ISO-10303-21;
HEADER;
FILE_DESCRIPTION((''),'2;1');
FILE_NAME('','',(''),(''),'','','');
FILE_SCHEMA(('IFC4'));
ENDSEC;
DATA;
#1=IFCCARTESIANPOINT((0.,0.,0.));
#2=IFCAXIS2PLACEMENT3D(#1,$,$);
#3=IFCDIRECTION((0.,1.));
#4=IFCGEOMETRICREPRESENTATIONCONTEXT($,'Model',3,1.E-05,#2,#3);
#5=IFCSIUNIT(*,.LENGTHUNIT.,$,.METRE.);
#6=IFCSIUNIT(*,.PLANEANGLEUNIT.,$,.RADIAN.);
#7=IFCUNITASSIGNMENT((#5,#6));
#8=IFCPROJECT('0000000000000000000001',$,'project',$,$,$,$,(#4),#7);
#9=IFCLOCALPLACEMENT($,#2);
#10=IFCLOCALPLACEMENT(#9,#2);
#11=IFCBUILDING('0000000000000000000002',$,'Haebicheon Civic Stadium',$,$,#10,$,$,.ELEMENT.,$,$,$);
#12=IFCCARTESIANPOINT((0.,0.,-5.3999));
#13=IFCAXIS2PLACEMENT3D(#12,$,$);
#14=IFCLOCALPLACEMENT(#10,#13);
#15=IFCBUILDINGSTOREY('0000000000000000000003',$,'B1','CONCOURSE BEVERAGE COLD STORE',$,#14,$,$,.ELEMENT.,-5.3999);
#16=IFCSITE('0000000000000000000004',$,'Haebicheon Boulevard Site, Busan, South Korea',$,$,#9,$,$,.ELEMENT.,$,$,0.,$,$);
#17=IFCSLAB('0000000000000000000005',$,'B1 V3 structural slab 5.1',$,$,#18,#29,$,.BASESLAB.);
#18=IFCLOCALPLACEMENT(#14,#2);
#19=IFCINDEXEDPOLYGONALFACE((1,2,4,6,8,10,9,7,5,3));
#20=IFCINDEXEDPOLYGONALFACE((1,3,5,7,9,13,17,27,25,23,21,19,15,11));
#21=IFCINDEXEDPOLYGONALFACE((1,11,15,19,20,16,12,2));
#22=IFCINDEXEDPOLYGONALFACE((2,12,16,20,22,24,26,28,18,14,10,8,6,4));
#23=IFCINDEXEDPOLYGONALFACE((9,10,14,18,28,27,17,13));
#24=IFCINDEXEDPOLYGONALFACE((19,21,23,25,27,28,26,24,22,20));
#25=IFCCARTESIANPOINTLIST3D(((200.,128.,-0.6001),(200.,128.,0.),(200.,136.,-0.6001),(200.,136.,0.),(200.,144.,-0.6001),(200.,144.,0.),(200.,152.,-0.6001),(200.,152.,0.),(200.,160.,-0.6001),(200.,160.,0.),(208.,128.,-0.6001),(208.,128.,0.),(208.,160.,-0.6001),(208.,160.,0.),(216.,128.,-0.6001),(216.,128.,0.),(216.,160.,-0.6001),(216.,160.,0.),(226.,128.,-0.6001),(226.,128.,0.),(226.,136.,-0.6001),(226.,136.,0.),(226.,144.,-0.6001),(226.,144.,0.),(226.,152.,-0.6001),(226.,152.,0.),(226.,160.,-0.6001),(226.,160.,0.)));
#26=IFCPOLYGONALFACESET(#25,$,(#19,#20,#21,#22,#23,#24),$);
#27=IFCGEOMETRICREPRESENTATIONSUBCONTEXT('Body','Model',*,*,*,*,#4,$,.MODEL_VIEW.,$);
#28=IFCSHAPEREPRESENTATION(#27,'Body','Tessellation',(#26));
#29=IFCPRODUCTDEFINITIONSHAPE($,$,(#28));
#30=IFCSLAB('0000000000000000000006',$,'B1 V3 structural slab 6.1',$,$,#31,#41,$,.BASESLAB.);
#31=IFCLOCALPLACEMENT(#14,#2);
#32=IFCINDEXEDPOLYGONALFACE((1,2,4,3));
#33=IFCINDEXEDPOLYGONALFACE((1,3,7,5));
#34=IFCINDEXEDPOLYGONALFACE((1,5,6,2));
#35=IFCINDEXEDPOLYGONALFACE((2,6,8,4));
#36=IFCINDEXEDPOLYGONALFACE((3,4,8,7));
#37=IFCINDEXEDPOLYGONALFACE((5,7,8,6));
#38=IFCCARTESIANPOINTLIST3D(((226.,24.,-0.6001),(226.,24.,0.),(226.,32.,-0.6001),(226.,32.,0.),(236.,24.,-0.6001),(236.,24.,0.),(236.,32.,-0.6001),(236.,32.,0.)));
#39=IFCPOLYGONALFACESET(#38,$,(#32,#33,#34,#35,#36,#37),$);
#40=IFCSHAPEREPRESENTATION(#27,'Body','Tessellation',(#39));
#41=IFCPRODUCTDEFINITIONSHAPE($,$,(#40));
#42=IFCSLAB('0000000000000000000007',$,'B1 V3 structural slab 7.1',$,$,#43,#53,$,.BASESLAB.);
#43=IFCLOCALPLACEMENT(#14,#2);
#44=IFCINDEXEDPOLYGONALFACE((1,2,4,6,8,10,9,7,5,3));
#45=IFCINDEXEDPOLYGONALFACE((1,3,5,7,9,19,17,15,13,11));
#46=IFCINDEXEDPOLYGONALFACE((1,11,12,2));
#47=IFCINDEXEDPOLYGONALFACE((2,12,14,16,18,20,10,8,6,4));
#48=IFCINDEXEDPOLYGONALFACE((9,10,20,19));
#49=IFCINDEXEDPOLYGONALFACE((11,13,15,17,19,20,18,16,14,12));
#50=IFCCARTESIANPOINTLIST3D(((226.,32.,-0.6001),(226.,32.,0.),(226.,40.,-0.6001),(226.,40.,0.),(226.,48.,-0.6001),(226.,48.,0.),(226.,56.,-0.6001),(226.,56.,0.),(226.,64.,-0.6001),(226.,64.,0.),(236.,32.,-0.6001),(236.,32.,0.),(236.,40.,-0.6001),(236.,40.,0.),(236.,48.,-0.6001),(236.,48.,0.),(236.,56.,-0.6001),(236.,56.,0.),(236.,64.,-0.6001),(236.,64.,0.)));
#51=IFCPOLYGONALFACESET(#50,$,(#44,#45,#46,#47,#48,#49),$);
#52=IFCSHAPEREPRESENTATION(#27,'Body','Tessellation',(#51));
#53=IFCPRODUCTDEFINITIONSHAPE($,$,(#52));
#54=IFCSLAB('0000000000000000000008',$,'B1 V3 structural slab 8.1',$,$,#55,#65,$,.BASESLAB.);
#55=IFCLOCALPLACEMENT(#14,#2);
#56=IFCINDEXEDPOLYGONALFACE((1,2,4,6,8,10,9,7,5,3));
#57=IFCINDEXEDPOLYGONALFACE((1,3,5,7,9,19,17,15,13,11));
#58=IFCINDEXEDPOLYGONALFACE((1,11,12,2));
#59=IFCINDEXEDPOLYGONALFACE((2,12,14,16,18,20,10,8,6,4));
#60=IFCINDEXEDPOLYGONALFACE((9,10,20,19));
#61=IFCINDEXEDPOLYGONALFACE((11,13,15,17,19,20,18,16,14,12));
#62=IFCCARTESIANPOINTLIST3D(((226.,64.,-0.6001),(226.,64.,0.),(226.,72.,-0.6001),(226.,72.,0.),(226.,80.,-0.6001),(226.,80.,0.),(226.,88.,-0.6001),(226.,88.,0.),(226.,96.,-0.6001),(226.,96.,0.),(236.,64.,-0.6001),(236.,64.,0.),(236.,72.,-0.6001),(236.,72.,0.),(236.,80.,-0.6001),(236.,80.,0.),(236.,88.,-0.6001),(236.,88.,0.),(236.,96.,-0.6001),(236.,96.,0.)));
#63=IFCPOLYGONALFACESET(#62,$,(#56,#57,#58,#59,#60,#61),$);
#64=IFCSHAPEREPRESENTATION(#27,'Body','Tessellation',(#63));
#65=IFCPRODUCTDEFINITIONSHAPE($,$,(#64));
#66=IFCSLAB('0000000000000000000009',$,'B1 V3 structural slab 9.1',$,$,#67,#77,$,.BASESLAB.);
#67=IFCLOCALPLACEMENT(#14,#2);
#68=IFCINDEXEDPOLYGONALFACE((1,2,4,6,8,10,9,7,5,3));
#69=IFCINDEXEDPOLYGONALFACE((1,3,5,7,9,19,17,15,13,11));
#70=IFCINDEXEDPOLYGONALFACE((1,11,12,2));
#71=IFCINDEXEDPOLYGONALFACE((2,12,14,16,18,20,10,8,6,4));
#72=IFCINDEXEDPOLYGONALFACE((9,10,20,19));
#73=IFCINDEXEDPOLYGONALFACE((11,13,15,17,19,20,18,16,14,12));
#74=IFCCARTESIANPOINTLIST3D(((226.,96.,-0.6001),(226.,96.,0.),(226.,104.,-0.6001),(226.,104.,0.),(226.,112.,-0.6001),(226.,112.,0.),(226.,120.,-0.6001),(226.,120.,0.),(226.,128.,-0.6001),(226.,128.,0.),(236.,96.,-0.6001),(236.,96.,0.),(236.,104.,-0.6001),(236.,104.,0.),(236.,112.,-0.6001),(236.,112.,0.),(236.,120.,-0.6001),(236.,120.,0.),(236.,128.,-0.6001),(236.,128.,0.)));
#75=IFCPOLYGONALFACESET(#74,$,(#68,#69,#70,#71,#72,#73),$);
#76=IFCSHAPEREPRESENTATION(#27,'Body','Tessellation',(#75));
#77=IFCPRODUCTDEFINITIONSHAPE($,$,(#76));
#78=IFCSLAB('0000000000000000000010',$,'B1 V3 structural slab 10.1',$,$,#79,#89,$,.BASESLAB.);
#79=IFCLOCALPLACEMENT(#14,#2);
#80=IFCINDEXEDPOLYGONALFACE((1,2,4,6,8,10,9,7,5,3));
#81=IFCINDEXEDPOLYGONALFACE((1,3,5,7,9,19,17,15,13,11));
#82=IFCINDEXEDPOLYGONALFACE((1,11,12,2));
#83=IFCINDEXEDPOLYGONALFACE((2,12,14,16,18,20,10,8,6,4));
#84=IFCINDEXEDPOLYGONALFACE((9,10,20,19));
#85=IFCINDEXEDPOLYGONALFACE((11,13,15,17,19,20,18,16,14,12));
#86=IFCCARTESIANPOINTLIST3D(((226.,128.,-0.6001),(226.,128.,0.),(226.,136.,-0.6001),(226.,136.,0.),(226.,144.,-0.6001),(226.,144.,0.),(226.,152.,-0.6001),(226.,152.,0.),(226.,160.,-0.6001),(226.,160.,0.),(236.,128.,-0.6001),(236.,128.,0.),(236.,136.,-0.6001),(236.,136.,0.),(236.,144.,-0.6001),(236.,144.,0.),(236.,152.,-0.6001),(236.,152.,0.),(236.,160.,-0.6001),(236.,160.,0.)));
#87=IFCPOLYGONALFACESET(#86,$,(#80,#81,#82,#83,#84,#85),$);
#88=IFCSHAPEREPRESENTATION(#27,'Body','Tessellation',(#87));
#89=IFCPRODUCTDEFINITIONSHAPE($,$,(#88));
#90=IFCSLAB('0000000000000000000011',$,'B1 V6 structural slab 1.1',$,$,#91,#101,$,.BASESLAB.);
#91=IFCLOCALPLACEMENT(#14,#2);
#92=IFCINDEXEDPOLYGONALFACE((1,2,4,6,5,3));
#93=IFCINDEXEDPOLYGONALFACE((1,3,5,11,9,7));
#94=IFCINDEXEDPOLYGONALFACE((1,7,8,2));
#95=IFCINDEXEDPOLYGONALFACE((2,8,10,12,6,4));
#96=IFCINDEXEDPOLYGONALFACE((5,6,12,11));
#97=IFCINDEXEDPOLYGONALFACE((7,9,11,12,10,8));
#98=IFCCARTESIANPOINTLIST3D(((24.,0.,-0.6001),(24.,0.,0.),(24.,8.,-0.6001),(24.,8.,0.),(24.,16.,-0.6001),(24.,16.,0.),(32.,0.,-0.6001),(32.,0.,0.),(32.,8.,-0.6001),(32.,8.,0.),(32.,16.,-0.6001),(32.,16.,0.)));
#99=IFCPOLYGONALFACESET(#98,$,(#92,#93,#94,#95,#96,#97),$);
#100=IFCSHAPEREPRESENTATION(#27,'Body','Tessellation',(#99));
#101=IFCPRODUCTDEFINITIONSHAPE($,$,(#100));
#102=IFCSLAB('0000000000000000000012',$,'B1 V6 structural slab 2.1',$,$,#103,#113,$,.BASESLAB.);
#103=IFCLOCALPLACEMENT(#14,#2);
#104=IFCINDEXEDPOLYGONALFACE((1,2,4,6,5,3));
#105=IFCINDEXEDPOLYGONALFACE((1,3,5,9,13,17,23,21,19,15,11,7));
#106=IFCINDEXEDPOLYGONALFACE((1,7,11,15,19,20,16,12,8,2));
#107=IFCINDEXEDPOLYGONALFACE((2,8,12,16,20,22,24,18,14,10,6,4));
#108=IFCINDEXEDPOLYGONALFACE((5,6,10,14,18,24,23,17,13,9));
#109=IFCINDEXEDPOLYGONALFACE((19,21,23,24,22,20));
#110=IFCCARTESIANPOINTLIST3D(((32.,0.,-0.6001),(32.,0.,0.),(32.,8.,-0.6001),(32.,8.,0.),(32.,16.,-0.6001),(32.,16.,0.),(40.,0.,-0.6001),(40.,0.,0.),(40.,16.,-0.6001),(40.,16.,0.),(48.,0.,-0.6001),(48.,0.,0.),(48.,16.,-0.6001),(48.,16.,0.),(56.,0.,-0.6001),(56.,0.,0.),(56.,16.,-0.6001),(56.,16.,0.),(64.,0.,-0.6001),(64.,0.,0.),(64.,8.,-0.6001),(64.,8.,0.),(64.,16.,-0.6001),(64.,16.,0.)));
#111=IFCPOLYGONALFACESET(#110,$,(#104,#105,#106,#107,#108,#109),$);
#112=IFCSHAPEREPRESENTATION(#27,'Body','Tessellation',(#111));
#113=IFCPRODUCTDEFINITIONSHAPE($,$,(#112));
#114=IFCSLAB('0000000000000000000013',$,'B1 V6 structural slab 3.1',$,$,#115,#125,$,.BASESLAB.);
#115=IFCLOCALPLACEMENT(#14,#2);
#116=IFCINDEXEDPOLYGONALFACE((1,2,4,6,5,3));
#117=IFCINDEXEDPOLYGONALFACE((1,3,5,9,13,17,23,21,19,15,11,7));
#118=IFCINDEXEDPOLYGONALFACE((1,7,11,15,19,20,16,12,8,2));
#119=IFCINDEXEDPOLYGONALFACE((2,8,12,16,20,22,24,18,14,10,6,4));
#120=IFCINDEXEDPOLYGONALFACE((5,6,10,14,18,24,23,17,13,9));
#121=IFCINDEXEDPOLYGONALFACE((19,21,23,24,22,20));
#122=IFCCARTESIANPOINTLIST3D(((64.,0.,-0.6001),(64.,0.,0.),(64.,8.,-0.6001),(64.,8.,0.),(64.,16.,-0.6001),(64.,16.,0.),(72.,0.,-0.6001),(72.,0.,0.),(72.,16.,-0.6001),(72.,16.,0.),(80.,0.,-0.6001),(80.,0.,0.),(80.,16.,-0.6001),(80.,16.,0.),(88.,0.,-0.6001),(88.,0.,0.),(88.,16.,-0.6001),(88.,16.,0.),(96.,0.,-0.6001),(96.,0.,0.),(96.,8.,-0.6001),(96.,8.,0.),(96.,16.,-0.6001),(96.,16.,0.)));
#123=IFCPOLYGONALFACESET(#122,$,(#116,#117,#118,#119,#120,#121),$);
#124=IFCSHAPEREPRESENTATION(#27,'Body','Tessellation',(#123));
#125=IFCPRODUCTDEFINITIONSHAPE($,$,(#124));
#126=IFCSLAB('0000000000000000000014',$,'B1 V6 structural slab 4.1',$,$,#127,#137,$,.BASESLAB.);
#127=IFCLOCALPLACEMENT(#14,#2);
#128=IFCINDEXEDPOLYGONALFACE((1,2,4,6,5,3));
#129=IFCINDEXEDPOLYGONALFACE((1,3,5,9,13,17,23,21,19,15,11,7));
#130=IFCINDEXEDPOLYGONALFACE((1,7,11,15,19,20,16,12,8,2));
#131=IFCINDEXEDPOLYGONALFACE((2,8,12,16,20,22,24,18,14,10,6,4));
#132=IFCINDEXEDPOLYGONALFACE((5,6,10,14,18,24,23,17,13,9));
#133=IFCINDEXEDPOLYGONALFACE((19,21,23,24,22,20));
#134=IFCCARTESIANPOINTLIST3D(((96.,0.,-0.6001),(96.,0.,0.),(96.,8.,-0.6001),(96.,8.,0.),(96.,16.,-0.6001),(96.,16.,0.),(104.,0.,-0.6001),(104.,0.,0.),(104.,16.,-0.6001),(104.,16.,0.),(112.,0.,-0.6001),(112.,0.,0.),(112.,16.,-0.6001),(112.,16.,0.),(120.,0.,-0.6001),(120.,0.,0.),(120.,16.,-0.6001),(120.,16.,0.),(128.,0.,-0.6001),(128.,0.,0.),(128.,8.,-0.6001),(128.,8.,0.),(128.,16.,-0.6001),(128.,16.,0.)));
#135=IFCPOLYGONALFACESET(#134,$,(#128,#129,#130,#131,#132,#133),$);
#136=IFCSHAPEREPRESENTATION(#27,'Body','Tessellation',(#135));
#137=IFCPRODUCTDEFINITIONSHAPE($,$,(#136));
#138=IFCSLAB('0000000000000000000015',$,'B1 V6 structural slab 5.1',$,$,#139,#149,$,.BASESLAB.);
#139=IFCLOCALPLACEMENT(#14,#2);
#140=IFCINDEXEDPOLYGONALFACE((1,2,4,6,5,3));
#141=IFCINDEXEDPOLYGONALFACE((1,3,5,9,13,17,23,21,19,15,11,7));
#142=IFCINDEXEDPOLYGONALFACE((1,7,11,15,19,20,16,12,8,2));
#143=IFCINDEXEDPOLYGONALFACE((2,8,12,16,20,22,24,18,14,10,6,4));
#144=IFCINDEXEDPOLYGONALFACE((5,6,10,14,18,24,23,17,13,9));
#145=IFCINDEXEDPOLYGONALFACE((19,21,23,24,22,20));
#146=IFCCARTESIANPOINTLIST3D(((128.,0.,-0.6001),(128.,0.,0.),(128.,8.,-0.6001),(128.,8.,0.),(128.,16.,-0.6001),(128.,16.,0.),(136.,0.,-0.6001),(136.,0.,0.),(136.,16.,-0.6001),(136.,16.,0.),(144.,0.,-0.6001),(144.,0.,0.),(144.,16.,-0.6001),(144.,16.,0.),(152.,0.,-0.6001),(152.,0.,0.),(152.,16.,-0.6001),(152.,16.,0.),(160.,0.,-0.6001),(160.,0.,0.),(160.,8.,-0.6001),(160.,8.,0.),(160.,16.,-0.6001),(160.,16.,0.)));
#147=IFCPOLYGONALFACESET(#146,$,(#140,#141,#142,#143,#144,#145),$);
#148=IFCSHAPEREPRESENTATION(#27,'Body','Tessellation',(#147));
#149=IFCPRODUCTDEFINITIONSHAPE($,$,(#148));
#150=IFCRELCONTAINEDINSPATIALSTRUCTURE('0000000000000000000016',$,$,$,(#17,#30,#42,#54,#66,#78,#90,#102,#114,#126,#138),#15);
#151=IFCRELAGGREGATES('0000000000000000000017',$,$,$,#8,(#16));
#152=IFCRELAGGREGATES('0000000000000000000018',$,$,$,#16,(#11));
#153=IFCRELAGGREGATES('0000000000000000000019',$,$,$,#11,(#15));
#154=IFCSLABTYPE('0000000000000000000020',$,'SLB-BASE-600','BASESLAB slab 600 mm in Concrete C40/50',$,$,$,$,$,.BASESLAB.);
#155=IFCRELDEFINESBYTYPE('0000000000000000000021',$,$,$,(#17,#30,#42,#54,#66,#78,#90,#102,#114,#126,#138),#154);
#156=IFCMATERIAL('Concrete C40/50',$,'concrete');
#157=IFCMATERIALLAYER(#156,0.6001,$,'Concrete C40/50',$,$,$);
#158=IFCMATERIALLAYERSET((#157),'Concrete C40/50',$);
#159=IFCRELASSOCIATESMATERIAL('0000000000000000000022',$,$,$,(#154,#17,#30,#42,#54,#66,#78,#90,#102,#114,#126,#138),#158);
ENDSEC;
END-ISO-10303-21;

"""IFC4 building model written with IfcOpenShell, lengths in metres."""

from ifc_helpers import new_model, si_unit, direction, frame, origin, place, context, subcontext, project, spatial, polyline, outline, extrude, material, layer, layer_set, type_object, element, save


model = new_model("IFC4")

# Units and contexts
model_context = context("Model", 3, precision=1e-05, world=origin(), true_north=direction((0.0, 1.0)))
body_context = subcontext(model_context, "Body", "Model", "MODEL_VIEW")
ifc_project = project(units=[si_unit("LENGTHUNIT", "METRE"), si_unit("PLANEANGLEUNIT", "RADIAN")], contexts=[model_context])

# Site, building, storey
site_placement = place(None, origin())
site = spatial("IfcSite", under=ifc_project, at=site_placement, Name="Haebicheon Boulevard Site, Busan, South Korea", CompositionType="ELEMENT", RefElevation=0.0)
building_placement = place(site_placement, origin())
building = spatial("IfcBuilding", under=site, at=building_placement, Name="Haebicheon Civic Stadium", CompositionType="ELEMENT")
storey_placement = place(building_placement, frame((0.0, 0.0, -5.3999)))
storey = spatial("IfcBuildingStorey", under=building, at=storey_placement, Name="B1", Description="CONCOURSE BEVERAGE COLD STORE", CompositionType="ELEMENT", Elevation=-5.3999)

# Slabs
ifc_material_1 = material(Name="Concrete C40/50", Category="concrete")
ifc_layer_1 = layer(ifc_material_1, 0.6001, Name="Concrete C40/50")
ifc_layer_set_1 = layer_set([ifc_layer_1], Name="Concrete C40/50")
slab_type_1 = type_object("IfcSlabType", Name="SLB-BASE-600", Description="BASESLAB slab 600 mm in Concrete C40/50", PredefinedType="BASESLAB", material=ifc_layer_set_1)
slab_1_placement = place(storey_placement, frame((0.0, 0.0, -0.6001)))
element("IfcSlab", 1, at=slab_1_placement, inside=storey, type_object=slab_type_1, material=ifc_layer_set_1, Name="B1 V3 structural slab 5.1", PredefinedType="BASESLAB", context=body_context, shape_type="SweptSolid", body=[
    extrude(outline(polyline([(200.0, 144.0), (200.0, 152.0), (200.0, 160.0), (208.0, 160.0), (216.0, 160.0), (226.0, 160.0), (226.0, 152.0), (226.0, 144.0), (226.0, 136.0), (226.0, 128.0), (216.0, 128.0), (208.0, 128.0), (200.0, 128.0), (200.0, 136.0), (200.0, 144.0)])), origin(), (0.0, 0.0, 1.0), 0.6001),
])
slab_2_placement = place(storey_placement, frame((0.0, 0.0, -0.6001)))
element("IfcSlab", 2, at=slab_2_placement, inside=storey, type_object=slab_type_1, material=ifc_layer_set_1, Name="B1 V3 structural slab 6.1", PredefinedType="BASESLAB", context=body_context, shape_type="SweptSolid", body=[
    extrude(outline(polyline([(236.0, 24.0), (226.0, 24.0), (226.0, 32.0), (236.0, 32.0), (236.0, 24.0)])), origin(), (0.0, 0.0, 1.0), 0.6001),
])
slab_3_placement = place(storey_placement, frame((0.0, 0.0, -0.6001)))
element("IfcSlab", 3, at=slab_3_placement, inside=storey, type_object=slab_type_1, material=ifc_layer_set_1, Name="B1 V3 structural slab 7.1", PredefinedType="BASESLAB", context=body_context, shape_type="SweptSolid", body=[
    extrude(outline(polyline([(226.0, 32.0), (226.0, 40.0), (226.0, 48.0), (226.0, 56.0), (226.0, 64.0), (236.0, 64.0), (236.0, 56.0), (236.0, 48.0), (236.0, 40.0), (236.0, 32.0), (226.0, 32.0)])), origin(), (0.0, 0.0, 1.0), 0.6001),
])
slab_4_placement = place(storey_placement, frame((0.0, 0.0, -0.6001)))
element("IfcSlab", 4, at=slab_4_placement, inside=storey, type_object=slab_type_1, material=ifc_layer_set_1, Name="B1 V3 structural slab 8.1", PredefinedType="BASESLAB", context=body_context, shape_type="SweptSolid", body=[
    extrude(outline(polyline([(226.0, 64.0), (226.0, 72.0), (226.0, 80.0), (226.0, 88.0), (226.0, 96.0), (236.0, 96.0), (236.0, 88.0), (236.0, 80.0), (236.0, 72.0), (236.0, 64.0), (226.0, 64.0)])), origin(), (0.0, 0.0, 1.0), 0.6001),
])
slab_5_placement = place(storey_placement, frame((0.0, 0.0, -0.6001)))
element("IfcSlab", 5, at=slab_5_placement, inside=storey, type_object=slab_type_1, material=ifc_layer_set_1, Name="B1 V3 structural slab 9.1", PredefinedType="BASESLAB", context=body_context, shape_type="SweptSolid", body=[
    extrude(outline(polyline([(226.0, 96.0), (226.0, 104.0), (226.0, 112.0), (226.0, 120.0), (226.0, 128.0), (236.0, 128.0), (236.0, 120.0), (236.0, 112.0), (236.0, 104.0), (236.0, 96.0), (226.0, 96.0)])), origin(), (0.0, 0.0, 1.0), 0.6001),
])
slab_6_placement = place(storey_placement, frame((0.0, 0.0, -0.6001)))
element("IfcSlab", 6, at=slab_6_placement, inside=storey, type_object=slab_type_1, material=ifc_layer_set_1, Name="B1 V3 structural slab 10.1", PredefinedType="BASESLAB", context=body_context, shape_type="SweptSolid", body=[
    extrude(outline(polyline([(226.0, 128.0), (226.0, 136.0), (226.0, 144.0), (226.0, 152.0), (226.0, 160.0), (236.0, 160.0), (236.0, 152.0), (236.0, 144.0), (236.0, 136.0), (236.0, 128.0), (226.0, 128.0)])), origin(), (0.0, 0.0, 1.0), 0.6001),
])
slab_7_placement = place(storey_placement, frame((0.0, 0.0, -0.6001)))
element("IfcSlab", 7, at=slab_7_placement, inside=storey, type_object=slab_type_1, material=ifc_layer_set_1, Name="B1 V6 structural slab 1.1", PredefinedType="BASESLAB", context=body_context, shape_type="SweptSolid", body=[
    extrude(outline(polyline([(32.0, 0.0), (24.0, 0.0), (24.0, 8.0), (24.0, 16.0), (32.0, 16.0), (32.0, 8.0), (32.0, 0.0)])), origin(), (0.0, 0.0, 1.0), 0.6001),
])
slab_8_placement = place(storey_placement, frame((0.0, 0.0, -0.6001)))
element("IfcSlab", 8, at=slab_8_placement, inside=storey, type_object=slab_type_1, material=ifc_layer_set_1, Name="B1 V6 structural slab 2.1", PredefinedType="BASESLAB", context=body_context, shape_type="SweptSolid", body=[
    extrude(outline(polyline([(64.0, 0.0), (56.0, 0.0), (48.0, 0.0), (40.0, 0.0), (32.0, 0.0), (32.0, 8.0), (32.0, 16.0), (40.0, 16.0), (48.0, 16.0), (56.0, 16.0), (64.0, 16.0), (64.0, 8.0), (64.0, 0.0)])), origin(), (0.0, 0.0, 1.0), 0.6001),
])
slab_9_placement = place(storey_placement, frame((0.0, 0.0, -0.6001)))
element("IfcSlab", 9, at=slab_9_placement, inside=storey, type_object=slab_type_1, material=ifc_layer_set_1, Name="B1 V6 structural slab 3.1", PredefinedType="BASESLAB", context=body_context, shape_type="SweptSolid", body=[
    extrude(outline(polyline([(96.0, 0.0), (88.0, 0.0), (80.0, 0.0), (72.0, 0.0), (64.0, 0.0), (64.0, 8.0), (64.0, 16.0), (72.0, 16.0), (80.0, 16.0), (88.0, 16.0), (96.0, 16.0), (96.0, 8.0), (96.0, 0.0)])), origin(), (0.0, 0.0, 1.0), 0.6001),
])
slab_10_placement = place(storey_placement, frame((0.0, 0.0, -0.6001)))
element("IfcSlab", 10, at=slab_10_placement, inside=storey, type_object=slab_type_1, material=ifc_layer_set_1, Name="B1 V6 structural slab 4.1", PredefinedType="BASESLAB", context=body_context, shape_type="SweptSolid", body=[
    extrude(outline(polyline([(128.0, 0.0), (120.0, 0.0), (112.0, 0.0), (104.0, 0.0), (96.0, 0.0), (96.0, 8.0), (96.0, 16.0), (104.0, 16.0), (112.0, 16.0), (120.0, 16.0), (128.0, 16.0), (128.0, 8.0), (128.0, 0.0)])), origin(), (0.0, 0.0, 1.0), 0.6001),
])
slab_11_placement = place(storey_placement, frame((0.0, 0.0, -0.6001)))
element("IfcSlab", 11, at=slab_11_placement, inside=storey, type_object=slab_type_1, material=ifc_layer_set_1, Name="B1 V6 structural slab 5.1", PredefinedType="BASESLAB", context=body_context, shape_type="SweptSolid", body=[
    extrude(outline(polyline([(160.0, 0.0), (152.0, 0.0), (144.0, 0.0), (136.0, 0.0), (128.0, 0.0), (128.0, 8.0), (128.0, 16.0), (136.0, 16.0), (144.0, 16.0), (152.0, 16.0), (160.0, 16.0), (160.0, 8.0), (160.0, 0.0)])), origin(), (0.0, 0.0, 1.0), 0.6001),
])

save(model, "model.ifc")
